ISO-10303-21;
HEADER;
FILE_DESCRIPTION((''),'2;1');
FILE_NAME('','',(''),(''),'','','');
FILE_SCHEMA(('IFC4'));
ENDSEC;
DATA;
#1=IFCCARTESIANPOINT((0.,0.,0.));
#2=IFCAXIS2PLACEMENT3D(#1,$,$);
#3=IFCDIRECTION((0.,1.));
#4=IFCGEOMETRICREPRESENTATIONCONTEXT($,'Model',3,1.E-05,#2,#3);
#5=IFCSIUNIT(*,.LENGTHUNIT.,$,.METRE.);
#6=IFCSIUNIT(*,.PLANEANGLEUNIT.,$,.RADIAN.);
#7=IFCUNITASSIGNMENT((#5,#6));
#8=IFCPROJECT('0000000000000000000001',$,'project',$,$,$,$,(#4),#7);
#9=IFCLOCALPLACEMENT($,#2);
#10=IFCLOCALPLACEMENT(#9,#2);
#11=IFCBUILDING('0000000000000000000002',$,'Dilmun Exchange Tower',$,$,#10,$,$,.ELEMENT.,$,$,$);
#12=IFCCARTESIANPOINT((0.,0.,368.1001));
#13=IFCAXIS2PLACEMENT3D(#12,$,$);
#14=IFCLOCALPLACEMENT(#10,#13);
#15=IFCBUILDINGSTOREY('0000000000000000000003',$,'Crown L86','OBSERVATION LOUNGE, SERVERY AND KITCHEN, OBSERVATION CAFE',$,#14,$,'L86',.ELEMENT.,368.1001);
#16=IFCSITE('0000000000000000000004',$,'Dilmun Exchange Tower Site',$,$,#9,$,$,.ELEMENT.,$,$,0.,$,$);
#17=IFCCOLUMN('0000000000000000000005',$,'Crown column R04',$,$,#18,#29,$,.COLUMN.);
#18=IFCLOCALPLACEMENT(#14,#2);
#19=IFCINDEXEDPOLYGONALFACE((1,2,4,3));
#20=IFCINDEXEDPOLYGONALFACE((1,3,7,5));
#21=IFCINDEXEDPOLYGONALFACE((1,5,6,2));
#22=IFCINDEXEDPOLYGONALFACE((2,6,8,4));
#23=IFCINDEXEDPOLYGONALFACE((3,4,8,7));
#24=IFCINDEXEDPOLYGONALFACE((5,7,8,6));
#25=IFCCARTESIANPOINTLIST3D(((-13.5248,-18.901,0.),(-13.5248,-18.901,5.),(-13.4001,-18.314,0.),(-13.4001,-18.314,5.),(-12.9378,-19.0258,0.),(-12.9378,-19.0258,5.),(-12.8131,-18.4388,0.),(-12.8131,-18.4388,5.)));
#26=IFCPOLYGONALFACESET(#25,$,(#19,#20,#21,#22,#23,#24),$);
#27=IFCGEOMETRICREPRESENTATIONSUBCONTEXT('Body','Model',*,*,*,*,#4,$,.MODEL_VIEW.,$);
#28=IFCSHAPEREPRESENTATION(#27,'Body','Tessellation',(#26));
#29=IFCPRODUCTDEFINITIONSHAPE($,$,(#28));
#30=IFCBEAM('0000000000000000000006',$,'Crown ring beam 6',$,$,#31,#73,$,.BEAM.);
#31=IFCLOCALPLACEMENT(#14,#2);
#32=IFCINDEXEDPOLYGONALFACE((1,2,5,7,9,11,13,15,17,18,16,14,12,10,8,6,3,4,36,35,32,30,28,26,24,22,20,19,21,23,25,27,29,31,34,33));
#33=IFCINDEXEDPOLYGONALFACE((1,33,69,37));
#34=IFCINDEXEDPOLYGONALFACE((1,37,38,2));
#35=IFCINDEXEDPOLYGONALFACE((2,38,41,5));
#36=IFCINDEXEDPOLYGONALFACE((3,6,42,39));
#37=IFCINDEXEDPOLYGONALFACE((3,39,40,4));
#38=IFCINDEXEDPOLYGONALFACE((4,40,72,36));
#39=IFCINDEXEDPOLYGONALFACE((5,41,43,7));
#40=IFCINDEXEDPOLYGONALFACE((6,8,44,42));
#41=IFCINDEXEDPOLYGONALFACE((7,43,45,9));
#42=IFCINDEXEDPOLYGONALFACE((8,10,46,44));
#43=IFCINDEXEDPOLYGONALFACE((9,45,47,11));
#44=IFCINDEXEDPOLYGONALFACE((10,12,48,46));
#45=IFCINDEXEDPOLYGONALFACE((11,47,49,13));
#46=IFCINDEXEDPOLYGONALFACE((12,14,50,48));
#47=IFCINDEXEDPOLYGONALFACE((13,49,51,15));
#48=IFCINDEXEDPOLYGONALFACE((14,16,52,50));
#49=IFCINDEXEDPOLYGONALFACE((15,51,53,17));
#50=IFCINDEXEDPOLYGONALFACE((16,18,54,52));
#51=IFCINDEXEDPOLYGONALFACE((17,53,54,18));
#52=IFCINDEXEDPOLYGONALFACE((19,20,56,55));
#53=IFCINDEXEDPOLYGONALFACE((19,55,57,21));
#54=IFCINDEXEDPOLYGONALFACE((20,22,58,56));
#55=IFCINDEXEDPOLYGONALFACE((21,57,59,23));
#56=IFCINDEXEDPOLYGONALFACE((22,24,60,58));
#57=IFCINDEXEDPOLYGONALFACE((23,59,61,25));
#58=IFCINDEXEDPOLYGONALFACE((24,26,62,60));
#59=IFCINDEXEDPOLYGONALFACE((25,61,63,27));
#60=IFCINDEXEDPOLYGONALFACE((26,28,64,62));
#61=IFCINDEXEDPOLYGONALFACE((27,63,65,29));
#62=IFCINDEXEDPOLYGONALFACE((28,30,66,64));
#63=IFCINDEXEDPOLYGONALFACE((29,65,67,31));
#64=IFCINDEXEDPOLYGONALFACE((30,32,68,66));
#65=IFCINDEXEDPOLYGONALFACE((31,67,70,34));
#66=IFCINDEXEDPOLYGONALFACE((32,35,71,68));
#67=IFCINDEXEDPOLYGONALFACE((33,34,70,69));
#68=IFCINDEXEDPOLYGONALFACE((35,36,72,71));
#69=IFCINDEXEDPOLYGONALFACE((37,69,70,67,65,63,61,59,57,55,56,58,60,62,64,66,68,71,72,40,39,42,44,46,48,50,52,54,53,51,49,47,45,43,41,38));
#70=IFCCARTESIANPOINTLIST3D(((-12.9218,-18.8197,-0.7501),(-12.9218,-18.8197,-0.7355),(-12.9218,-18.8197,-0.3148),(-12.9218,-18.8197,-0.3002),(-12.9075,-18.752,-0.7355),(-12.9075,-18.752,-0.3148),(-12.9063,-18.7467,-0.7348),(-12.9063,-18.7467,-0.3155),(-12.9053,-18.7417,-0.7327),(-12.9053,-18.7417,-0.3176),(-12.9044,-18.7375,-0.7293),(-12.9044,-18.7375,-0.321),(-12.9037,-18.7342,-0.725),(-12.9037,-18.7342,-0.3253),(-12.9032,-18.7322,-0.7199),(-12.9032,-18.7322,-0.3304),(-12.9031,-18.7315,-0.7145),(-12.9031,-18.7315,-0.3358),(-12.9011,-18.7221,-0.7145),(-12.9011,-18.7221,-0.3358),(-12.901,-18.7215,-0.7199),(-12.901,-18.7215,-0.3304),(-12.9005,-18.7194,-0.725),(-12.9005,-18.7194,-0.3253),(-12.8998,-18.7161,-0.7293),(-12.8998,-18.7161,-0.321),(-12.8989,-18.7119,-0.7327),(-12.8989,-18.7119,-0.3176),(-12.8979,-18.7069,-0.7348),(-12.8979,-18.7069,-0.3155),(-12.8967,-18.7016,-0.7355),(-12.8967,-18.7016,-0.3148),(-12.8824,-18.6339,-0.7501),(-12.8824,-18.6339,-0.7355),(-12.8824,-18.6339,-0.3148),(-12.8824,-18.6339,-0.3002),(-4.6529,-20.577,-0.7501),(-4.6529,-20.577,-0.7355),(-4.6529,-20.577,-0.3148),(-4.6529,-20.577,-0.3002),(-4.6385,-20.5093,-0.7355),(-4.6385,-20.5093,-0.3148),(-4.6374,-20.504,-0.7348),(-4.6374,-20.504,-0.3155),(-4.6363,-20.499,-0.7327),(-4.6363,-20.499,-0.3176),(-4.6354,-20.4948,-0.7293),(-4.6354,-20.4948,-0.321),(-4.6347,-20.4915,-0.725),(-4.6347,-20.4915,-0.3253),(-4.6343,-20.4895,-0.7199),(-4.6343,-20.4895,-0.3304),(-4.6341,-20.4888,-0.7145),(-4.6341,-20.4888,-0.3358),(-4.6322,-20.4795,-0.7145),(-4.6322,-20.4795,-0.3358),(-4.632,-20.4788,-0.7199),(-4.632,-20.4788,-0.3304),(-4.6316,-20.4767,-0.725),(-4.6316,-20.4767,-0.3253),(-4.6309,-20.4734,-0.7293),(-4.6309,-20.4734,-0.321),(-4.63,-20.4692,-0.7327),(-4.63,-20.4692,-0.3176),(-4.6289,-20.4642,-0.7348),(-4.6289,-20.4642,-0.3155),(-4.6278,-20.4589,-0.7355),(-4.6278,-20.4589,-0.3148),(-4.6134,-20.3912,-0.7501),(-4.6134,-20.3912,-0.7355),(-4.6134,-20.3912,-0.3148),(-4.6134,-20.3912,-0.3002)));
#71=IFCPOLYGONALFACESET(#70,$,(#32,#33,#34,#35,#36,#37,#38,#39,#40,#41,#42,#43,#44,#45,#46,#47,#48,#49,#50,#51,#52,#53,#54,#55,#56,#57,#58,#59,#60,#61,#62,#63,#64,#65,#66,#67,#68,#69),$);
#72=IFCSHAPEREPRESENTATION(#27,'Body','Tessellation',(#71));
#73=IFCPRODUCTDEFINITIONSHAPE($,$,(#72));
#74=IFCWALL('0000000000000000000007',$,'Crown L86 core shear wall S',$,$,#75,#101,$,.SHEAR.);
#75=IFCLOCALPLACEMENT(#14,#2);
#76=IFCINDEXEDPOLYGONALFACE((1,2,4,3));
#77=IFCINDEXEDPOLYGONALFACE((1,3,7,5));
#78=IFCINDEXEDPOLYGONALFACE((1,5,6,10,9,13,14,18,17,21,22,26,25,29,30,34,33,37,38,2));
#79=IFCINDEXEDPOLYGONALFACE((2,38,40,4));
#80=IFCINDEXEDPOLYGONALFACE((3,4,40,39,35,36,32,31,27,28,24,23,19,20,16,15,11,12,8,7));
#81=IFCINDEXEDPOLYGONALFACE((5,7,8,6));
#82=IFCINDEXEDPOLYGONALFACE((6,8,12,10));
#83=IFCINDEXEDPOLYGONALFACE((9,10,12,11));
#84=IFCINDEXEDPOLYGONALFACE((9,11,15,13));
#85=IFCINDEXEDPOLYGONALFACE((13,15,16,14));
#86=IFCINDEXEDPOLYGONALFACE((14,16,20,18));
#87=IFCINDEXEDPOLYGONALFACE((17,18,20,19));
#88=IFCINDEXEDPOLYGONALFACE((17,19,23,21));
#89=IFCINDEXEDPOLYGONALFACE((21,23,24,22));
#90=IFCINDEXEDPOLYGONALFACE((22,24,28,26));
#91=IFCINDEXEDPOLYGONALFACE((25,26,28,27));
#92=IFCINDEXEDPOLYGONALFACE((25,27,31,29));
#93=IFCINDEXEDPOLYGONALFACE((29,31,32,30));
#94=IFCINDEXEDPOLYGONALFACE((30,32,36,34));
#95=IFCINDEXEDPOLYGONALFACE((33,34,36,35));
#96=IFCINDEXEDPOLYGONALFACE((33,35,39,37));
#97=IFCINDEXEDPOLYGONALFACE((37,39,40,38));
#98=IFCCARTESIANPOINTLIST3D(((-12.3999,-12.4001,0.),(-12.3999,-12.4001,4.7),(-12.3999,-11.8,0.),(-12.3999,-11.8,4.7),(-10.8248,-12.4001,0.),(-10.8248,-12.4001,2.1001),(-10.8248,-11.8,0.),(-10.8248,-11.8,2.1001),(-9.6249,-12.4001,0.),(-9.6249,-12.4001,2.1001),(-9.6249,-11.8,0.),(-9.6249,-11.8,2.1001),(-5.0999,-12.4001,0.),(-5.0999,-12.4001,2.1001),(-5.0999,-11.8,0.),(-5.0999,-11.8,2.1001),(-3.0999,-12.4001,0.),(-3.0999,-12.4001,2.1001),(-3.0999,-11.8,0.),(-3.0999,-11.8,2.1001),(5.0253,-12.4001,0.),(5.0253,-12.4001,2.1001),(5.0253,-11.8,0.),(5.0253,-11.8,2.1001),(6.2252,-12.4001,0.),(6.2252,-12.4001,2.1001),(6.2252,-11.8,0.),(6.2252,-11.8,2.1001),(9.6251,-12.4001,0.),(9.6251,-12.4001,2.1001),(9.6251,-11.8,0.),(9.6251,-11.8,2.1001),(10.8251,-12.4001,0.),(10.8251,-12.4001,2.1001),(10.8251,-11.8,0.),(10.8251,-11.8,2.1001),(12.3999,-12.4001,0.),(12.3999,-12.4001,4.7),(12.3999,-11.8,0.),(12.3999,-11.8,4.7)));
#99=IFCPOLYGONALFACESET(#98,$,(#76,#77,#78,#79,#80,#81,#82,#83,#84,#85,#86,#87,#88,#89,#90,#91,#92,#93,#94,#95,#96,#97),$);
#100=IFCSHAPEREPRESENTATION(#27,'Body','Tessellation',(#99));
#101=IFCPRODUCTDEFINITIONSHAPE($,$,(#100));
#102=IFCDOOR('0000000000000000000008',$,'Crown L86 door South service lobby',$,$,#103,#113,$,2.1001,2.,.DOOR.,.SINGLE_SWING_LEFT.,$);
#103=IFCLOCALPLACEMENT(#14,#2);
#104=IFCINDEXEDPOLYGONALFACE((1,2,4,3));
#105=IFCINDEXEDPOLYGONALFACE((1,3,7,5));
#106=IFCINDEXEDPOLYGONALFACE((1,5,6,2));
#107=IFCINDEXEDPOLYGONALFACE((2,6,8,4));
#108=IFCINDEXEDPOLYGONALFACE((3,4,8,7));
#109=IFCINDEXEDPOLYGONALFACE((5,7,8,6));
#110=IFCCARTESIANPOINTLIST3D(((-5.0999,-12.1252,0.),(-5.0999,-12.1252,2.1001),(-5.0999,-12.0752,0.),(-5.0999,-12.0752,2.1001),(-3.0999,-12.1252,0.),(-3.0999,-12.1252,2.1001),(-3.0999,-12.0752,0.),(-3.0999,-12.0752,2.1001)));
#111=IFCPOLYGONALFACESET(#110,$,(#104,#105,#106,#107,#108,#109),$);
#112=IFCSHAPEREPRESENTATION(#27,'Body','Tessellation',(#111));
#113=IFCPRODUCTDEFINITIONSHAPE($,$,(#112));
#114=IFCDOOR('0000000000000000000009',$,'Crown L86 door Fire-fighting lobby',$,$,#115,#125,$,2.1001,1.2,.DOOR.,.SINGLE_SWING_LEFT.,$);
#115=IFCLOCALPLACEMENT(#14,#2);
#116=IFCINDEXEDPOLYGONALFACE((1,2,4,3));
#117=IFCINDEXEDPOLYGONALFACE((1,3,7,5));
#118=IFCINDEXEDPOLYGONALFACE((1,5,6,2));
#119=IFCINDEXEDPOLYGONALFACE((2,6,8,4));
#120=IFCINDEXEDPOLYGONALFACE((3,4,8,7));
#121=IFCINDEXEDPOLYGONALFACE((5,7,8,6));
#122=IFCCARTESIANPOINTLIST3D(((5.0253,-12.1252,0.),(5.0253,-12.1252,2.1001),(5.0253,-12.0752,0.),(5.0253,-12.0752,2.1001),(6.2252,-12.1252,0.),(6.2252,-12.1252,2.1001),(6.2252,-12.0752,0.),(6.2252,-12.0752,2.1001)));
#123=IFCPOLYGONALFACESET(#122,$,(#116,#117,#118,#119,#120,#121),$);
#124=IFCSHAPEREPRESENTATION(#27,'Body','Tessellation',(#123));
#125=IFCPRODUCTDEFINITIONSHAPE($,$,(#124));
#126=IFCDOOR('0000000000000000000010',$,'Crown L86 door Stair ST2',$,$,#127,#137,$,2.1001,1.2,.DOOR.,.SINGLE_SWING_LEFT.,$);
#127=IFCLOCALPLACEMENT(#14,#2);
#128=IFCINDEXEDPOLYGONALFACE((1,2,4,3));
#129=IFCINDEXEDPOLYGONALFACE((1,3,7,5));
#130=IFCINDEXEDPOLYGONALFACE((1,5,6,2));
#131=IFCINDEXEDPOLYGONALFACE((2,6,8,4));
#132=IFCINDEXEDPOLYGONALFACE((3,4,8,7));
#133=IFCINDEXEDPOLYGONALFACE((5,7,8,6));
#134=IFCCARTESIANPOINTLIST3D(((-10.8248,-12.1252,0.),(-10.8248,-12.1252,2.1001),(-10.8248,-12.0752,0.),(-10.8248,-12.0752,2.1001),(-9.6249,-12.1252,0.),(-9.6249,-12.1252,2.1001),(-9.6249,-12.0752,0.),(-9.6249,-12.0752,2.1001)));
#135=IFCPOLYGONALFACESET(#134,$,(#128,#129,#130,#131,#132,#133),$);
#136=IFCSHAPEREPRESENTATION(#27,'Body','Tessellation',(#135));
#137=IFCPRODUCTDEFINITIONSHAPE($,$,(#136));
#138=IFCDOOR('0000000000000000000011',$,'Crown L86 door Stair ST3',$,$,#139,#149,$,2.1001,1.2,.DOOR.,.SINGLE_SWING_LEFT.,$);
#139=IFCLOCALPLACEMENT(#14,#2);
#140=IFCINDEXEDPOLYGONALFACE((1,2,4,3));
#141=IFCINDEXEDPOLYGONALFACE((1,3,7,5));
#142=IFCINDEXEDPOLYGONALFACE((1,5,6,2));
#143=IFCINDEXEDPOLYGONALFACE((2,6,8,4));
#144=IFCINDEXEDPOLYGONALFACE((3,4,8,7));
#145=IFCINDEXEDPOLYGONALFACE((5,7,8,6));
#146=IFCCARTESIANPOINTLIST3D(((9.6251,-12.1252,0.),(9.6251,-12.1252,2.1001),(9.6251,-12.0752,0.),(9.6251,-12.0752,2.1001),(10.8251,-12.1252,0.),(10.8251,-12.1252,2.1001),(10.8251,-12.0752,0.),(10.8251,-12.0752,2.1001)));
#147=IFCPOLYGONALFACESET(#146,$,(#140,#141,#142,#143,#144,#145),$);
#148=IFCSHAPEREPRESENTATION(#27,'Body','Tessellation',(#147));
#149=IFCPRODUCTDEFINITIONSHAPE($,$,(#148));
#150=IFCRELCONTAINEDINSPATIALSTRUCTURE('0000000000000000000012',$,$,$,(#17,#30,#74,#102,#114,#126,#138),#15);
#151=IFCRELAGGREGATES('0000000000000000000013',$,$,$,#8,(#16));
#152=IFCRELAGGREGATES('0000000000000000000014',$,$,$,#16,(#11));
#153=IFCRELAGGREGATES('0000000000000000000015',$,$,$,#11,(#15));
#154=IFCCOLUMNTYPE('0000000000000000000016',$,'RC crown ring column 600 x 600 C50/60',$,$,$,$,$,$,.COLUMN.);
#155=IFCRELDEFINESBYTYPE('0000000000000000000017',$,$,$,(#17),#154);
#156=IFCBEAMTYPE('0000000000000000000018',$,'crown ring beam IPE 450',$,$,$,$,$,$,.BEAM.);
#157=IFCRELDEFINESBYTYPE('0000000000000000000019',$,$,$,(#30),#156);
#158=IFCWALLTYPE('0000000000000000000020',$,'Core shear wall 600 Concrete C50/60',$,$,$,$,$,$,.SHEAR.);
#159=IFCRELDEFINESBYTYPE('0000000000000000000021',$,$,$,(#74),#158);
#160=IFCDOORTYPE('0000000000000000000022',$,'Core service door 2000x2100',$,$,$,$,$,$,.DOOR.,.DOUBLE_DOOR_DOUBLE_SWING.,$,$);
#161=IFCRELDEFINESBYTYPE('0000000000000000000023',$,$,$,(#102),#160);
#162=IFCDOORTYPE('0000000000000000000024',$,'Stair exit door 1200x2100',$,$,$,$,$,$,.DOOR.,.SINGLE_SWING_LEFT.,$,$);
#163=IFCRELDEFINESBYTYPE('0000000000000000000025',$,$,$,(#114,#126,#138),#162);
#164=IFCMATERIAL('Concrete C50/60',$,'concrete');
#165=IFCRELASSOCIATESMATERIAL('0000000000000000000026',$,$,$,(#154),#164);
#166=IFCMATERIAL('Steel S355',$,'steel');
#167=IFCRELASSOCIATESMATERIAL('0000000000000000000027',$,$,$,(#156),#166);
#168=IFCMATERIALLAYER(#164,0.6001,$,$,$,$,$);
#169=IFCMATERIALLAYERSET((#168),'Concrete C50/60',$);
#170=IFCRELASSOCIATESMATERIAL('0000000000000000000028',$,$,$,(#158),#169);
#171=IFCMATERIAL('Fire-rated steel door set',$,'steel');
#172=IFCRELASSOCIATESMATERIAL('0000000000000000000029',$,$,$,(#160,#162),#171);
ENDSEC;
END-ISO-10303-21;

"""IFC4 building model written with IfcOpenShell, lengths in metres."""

from ifc_helpers import new_model, si_unit, direction, frame, frame_2d, origin, origin_2d, place, context, subcontext, project, spatial, rectangle, i_section, extrude, material, layer, layer_set, material_profile, profile_set, type_object, element, fill, save


model = new_model("IFC4")

# Units and contexts
model_context = context("Model", 3, precision=1e-05, world=origin(), true_north=direction((0.0, 1.0)))
body_context = subcontext(model_context, "Body", "Model", "MODEL_VIEW")
ifc_project = project(units=[si_unit("LENGTHUNIT", "METRE"), si_unit("PLANEANGLEUNIT", "RADIAN")], contexts=[model_context])

# Site, building, storey
site_placement = place(None, origin())
site = spatial("IfcSite", under=ifc_project, at=site_placement, Name="Dilmun Exchange Tower Site", CompositionType="ELEMENT", RefElevation=0.0)
building_placement = place(site_placement, origin())
building = spatial("IfcBuilding", under=site, at=building_placement, Name="Dilmun Exchange Tower", CompositionType="ELEMENT")
storey_placement = place(building_placement, frame((0.0, 0.0, 368.1001)))
storey = spatial("IfcBuildingStorey", under=building, at=storey_placement, Name="Crown L86", Description="OBSERVATION LOUNGE, SERVERY AND KITCHEN, OBSERVATION CAFE", LongName="L86", CompositionType="ELEMENT", Elevation=368.1001)

# Column
ifc_material_1 = material(Name="Concrete C50/60", Category="concrete")
ifc_material_profile_1 = material_profile(ifc_material_1, rectangle(XDim=0.6001, YDim=0.6001, at=origin_2d()), Name="600 x 600")
ifc_profile_set_1 = profile_set([ifc_material_profile_1], Name="Concrete C50/60")
column_type = type_object("IfcColumnType", Name="RC crown ring column 600 x 600 C50/60", PredefinedType="COLUMN", material=ifc_profile_set_1)
column_placement = place(storey_placement, frame((-13.1689, -18.6699, 0.0), z_axis=(0.0, 0.0, 1.0), x_axis=(0.207912, 0.978148, 0.0)))
element("IfcColumn", 1, at=column_placement, inside=storey, type_object=column_type, Name="Crown column R04", PredefinedType="COLUMN", context=body_context, shape_type="SweptSolid", body=[
    extrude(rectangle(XDim=0.6001, YDim=0.6001, at=origin_2d()), origin(), (0.0, 0.0, 1.0), 5.0),
])

# Beam
ifc_material_2 = material(Name="Steel S355", Category="steel")
ifc_material_profile_2 = material_profile(ifc_material_2, i_section(OverallWidth=0.1899, OverallDepth=0.45, WebThickness=0.0095, FlangeThickness=0.0146, FilletRadius=0.021, at=origin_2d()), Name="IPE 450")
ifc_profile_set_2 = profile_set([ifc_material_profile_2], Name="Steel S355")
beam_type = type_object("IfcBeamType", Name="crown ring beam IPE 450", PredefinedType="BEAM", material=ifc_profile_set_2)
beam_placement = place(storey_placement, frame((-12.9021, -18.7268, -0.5251), z_axis=(0.978155, -0.207876, 0.0), x_axis=(0.207876, 0.978155, 0.0)))
element("IfcBeam", 2, at=beam_placement, inside=storey, type_object=beam_type, Name="Crown ring beam 6", PredefinedType="BEAM", context=body_context, shape_type="SweptSolid", body=[
    extrude(i_section(OverallWidth=0.1899, OverallDepth=0.45, WebThickness=0.0095, FlangeThickness=0.0146, FilletRadius=0.021, at=origin_2d()), origin(), (0.0, 0.0, 1.0), 8.4536),
])

# Wall, openings, doors
ifc_layer_1 = layer(ifc_material_1, 0.6001)
ifc_layer_set_1 = layer_set([ifc_layer_1], Name="Concrete C50/60")
wall_type_1 = type_object("IfcWallType", Name="Core shear wall 600 Concrete C50/60", PredefinedType="SHEAR", material=ifc_layer_set_1)
wall_1_placement = place(storey_placement, frame((-12.3999, -12.1001, 0.0), z_axis=(0.0, 0.0, 1.0), x_axis=(1.0, 0.0, 0.0)))
wall_1 = element("IfcWall", 3, at=wall_1_placement, inside=storey, type_object=wall_type_1, Name="Crown L86 core shear wall S", PredefinedType="SHEAR", context=body_context, shape_type="SweptSolid", body=[
    extrude(rectangle(XDim=24.7998, YDim=0.6001, at=frame_2d((12.3999, 0.0))), origin(), (0.0, 0.0, 1.0), 4.7),
])
opening_1_placement = place(wall_1_placement, frame((7.3, 0.0, 0.0)))
opening_1 = element("IfcOpeningElement", 4, at=opening_1_placement, cuts=wall_1, PredefinedType="OPENING", context=body_context, shape_type="SweptSolid", body=[
    extrude(rectangle(XDim=2.0, YDim=2.1001, at=frame_2d((1.0, 1.05))), frame((0.0, 0.3101, 0.0), z_axis=(0.0, -1.0, 0.0), x_axis=(1.0, 0.0, 0.0)), (0.0, 0.0, 1.0), 0.6201),
])
opening_2_placement = place(wall_1_placement, frame((17.425, 0.0, 0.0)))
opening_2 = element("IfcOpeningElement", 5, at=opening_2_placement, cuts=wall_1, PredefinedType="OPENING", context=body_context, shape_type="SweptSolid", body=[
    extrude(rectangle(XDim=1.2, YDim=2.1001, at=frame_2d((0.6001, 1.05))), frame((0.0, 0.3101, 0.0), z_axis=(0.0, -1.0, 0.0), x_axis=(1.0, 0.0, 0.0)), (0.0, 0.0, 1.0), 0.6201),
])
opening_3_placement = place(wall_1_placement, frame((1.575, 0.0, 0.0)))
opening_3 = element("IfcOpeningElement", 6, at=opening_3_placement, cuts=wall_1, PredefinedType="OPENING", context=body_context, shape_type="SweptSolid", body=[
    extrude(rectangle(XDim=1.2, YDim=2.1001, at=frame_2d((0.6001, 1.05))), frame((0.0, 0.3101, 0.0), z_axis=(0.0, -1.0, 0.0), x_axis=(1.0, 0.0, 0.0)), (0.0, 0.0, 1.0), 0.6201),
])
opening_4_placement = place(wall_1_placement, frame((22.0249, 0.0, 0.0)))
opening_4 = element("IfcOpeningElement", 7, at=opening_4_placement, cuts=wall_1, PredefinedType="OPENING", context=body_context, shape_type="SweptSolid", body=[
    extrude(rectangle(XDim=1.2, YDim=2.1001, at=frame_2d((0.6001, 1.05))), frame((0.0, 0.3101, 0.0), z_axis=(0.0, -1.0, 0.0), x_axis=(1.0, 0.0, 0.0)), (0.0, 0.0, 1.0), 0.6201),
])
ifc_material_3 = material(Name="Fire-rated steel door set", Category="steel")
door_type_1 = type_object("IfcDoorType", Name="Core service door 2000x2100", OperationType="DOUBLE_DOOR_DOUBLE_SWING", PredefinedType="DOOR", material=ifc_material_3)
door_1_placement = place(opening_1_placement, origin())
door_1 = element("IfcDoor", 8, at=door_1_placement, inside=storey, type_object=door_type_1, Name="Crown L86 door South service lobby", OperationType="SINGLE_SWING_LEFT", OverallHeight=2.1001, OverallWidth=2.0, PredefinedType="DOOR", context=body_context, shape_type="SweptSolid", body=[
    extrude(rectangle(XDim=2.0, YDim=2.1001, at=frame_2d((1.0, 1.05))), frame((0.0, 0.0249, 0.0), z_axis=(0.0, -1.0, 0.0), x_axis=(1.0, 0.0, 0.0)), (0.0, 0.0, 1.0), 0.05),
])
fill(opening_1, door_1)
door_type_2 = type_object("IfcDoorType", Name="Stair exit door 1200x2100", OperationType="SINGLE_SWING_LEFT", PredefinedType="DOOR", material=ifc_material_3)
door_2_placement = place(opening_2_placement, origin())
door_2 = element("IfcDoor", 9, at=door_2_placement, inside=storey, type_object=door_type_2, Name="Crown L86 door Fire-fighting lobby", OperationType="SINGLE_SWING_LEFT", OverallHeight=2.1001, OverallWidth=1.2, PredefinedType="DOOR", context=body_context, shape_type="SweptSolid", body=[
    extrude(rectangle(XDim=1.2, YDim=2.1001, at=frame_2d((0.6001, 1.05))), frame((0.0, 0.0249, 0.0), z_axis=(0.0, -1.0, 0.0), x_axis=(1.0, 0.0, 0.0)), (0.0, 0.0, 1.0), 0.05),
])
fill(opening_2, door_2)
door_3_placement = place(opening_3_placement, origin())
door_3 = element("IfcDoor", 10, at=door_3_placement, inside=storey, type_object=door_type_2, Name="Crown L86 door Stair ST2", OperationType="SINGLE_SWING_LEFT", OverallHeight=2.1001, OverallWidth=1.2, PredefinedType="DOOR", context=body_context, shape_type="SweptSolid", body=[
    extrude(rectangle(XDim=1.2, YDim=2.1001, at=frame_2d((0.6001, 1.05))), frame((0.0, 0.0249, 0.0), z_axis=(0.0, -1.0, 0.0), x_axis=(1.0, 0.0, 0.0)), (0.0, 0.0, 1.0), 0.05),
])
fill(opening_3, door_3)
door_4_placement = place(opening_4_placement, origin())
door_4 = element("IfcDoor", 11, at=door_4_placement, inside=storey, type_object=door_type_2, Name="Crown L86 door Stair ST3", OperationType="SINGLE_SWING_LEFT", OverallHeight=2.1001, OverallWidth=1.2, PredefinedType="DOOR", context=body_context, shape_type="SweptSolid", body=[
    extrude(rectangle(XDim=1.2, YDim=2.1001, at=frame_2d((0.6001, 1.05))), frame((0.0, 0.0249, 0.0), z_axis=(0.0, -1.0, 0.0), x_axis=(1.0, 0.0, 0.0)), (0.0, 0.0, 1.0), 0.05),
])
fill(opening_4, door_4)

save(model, "model.ifc")
